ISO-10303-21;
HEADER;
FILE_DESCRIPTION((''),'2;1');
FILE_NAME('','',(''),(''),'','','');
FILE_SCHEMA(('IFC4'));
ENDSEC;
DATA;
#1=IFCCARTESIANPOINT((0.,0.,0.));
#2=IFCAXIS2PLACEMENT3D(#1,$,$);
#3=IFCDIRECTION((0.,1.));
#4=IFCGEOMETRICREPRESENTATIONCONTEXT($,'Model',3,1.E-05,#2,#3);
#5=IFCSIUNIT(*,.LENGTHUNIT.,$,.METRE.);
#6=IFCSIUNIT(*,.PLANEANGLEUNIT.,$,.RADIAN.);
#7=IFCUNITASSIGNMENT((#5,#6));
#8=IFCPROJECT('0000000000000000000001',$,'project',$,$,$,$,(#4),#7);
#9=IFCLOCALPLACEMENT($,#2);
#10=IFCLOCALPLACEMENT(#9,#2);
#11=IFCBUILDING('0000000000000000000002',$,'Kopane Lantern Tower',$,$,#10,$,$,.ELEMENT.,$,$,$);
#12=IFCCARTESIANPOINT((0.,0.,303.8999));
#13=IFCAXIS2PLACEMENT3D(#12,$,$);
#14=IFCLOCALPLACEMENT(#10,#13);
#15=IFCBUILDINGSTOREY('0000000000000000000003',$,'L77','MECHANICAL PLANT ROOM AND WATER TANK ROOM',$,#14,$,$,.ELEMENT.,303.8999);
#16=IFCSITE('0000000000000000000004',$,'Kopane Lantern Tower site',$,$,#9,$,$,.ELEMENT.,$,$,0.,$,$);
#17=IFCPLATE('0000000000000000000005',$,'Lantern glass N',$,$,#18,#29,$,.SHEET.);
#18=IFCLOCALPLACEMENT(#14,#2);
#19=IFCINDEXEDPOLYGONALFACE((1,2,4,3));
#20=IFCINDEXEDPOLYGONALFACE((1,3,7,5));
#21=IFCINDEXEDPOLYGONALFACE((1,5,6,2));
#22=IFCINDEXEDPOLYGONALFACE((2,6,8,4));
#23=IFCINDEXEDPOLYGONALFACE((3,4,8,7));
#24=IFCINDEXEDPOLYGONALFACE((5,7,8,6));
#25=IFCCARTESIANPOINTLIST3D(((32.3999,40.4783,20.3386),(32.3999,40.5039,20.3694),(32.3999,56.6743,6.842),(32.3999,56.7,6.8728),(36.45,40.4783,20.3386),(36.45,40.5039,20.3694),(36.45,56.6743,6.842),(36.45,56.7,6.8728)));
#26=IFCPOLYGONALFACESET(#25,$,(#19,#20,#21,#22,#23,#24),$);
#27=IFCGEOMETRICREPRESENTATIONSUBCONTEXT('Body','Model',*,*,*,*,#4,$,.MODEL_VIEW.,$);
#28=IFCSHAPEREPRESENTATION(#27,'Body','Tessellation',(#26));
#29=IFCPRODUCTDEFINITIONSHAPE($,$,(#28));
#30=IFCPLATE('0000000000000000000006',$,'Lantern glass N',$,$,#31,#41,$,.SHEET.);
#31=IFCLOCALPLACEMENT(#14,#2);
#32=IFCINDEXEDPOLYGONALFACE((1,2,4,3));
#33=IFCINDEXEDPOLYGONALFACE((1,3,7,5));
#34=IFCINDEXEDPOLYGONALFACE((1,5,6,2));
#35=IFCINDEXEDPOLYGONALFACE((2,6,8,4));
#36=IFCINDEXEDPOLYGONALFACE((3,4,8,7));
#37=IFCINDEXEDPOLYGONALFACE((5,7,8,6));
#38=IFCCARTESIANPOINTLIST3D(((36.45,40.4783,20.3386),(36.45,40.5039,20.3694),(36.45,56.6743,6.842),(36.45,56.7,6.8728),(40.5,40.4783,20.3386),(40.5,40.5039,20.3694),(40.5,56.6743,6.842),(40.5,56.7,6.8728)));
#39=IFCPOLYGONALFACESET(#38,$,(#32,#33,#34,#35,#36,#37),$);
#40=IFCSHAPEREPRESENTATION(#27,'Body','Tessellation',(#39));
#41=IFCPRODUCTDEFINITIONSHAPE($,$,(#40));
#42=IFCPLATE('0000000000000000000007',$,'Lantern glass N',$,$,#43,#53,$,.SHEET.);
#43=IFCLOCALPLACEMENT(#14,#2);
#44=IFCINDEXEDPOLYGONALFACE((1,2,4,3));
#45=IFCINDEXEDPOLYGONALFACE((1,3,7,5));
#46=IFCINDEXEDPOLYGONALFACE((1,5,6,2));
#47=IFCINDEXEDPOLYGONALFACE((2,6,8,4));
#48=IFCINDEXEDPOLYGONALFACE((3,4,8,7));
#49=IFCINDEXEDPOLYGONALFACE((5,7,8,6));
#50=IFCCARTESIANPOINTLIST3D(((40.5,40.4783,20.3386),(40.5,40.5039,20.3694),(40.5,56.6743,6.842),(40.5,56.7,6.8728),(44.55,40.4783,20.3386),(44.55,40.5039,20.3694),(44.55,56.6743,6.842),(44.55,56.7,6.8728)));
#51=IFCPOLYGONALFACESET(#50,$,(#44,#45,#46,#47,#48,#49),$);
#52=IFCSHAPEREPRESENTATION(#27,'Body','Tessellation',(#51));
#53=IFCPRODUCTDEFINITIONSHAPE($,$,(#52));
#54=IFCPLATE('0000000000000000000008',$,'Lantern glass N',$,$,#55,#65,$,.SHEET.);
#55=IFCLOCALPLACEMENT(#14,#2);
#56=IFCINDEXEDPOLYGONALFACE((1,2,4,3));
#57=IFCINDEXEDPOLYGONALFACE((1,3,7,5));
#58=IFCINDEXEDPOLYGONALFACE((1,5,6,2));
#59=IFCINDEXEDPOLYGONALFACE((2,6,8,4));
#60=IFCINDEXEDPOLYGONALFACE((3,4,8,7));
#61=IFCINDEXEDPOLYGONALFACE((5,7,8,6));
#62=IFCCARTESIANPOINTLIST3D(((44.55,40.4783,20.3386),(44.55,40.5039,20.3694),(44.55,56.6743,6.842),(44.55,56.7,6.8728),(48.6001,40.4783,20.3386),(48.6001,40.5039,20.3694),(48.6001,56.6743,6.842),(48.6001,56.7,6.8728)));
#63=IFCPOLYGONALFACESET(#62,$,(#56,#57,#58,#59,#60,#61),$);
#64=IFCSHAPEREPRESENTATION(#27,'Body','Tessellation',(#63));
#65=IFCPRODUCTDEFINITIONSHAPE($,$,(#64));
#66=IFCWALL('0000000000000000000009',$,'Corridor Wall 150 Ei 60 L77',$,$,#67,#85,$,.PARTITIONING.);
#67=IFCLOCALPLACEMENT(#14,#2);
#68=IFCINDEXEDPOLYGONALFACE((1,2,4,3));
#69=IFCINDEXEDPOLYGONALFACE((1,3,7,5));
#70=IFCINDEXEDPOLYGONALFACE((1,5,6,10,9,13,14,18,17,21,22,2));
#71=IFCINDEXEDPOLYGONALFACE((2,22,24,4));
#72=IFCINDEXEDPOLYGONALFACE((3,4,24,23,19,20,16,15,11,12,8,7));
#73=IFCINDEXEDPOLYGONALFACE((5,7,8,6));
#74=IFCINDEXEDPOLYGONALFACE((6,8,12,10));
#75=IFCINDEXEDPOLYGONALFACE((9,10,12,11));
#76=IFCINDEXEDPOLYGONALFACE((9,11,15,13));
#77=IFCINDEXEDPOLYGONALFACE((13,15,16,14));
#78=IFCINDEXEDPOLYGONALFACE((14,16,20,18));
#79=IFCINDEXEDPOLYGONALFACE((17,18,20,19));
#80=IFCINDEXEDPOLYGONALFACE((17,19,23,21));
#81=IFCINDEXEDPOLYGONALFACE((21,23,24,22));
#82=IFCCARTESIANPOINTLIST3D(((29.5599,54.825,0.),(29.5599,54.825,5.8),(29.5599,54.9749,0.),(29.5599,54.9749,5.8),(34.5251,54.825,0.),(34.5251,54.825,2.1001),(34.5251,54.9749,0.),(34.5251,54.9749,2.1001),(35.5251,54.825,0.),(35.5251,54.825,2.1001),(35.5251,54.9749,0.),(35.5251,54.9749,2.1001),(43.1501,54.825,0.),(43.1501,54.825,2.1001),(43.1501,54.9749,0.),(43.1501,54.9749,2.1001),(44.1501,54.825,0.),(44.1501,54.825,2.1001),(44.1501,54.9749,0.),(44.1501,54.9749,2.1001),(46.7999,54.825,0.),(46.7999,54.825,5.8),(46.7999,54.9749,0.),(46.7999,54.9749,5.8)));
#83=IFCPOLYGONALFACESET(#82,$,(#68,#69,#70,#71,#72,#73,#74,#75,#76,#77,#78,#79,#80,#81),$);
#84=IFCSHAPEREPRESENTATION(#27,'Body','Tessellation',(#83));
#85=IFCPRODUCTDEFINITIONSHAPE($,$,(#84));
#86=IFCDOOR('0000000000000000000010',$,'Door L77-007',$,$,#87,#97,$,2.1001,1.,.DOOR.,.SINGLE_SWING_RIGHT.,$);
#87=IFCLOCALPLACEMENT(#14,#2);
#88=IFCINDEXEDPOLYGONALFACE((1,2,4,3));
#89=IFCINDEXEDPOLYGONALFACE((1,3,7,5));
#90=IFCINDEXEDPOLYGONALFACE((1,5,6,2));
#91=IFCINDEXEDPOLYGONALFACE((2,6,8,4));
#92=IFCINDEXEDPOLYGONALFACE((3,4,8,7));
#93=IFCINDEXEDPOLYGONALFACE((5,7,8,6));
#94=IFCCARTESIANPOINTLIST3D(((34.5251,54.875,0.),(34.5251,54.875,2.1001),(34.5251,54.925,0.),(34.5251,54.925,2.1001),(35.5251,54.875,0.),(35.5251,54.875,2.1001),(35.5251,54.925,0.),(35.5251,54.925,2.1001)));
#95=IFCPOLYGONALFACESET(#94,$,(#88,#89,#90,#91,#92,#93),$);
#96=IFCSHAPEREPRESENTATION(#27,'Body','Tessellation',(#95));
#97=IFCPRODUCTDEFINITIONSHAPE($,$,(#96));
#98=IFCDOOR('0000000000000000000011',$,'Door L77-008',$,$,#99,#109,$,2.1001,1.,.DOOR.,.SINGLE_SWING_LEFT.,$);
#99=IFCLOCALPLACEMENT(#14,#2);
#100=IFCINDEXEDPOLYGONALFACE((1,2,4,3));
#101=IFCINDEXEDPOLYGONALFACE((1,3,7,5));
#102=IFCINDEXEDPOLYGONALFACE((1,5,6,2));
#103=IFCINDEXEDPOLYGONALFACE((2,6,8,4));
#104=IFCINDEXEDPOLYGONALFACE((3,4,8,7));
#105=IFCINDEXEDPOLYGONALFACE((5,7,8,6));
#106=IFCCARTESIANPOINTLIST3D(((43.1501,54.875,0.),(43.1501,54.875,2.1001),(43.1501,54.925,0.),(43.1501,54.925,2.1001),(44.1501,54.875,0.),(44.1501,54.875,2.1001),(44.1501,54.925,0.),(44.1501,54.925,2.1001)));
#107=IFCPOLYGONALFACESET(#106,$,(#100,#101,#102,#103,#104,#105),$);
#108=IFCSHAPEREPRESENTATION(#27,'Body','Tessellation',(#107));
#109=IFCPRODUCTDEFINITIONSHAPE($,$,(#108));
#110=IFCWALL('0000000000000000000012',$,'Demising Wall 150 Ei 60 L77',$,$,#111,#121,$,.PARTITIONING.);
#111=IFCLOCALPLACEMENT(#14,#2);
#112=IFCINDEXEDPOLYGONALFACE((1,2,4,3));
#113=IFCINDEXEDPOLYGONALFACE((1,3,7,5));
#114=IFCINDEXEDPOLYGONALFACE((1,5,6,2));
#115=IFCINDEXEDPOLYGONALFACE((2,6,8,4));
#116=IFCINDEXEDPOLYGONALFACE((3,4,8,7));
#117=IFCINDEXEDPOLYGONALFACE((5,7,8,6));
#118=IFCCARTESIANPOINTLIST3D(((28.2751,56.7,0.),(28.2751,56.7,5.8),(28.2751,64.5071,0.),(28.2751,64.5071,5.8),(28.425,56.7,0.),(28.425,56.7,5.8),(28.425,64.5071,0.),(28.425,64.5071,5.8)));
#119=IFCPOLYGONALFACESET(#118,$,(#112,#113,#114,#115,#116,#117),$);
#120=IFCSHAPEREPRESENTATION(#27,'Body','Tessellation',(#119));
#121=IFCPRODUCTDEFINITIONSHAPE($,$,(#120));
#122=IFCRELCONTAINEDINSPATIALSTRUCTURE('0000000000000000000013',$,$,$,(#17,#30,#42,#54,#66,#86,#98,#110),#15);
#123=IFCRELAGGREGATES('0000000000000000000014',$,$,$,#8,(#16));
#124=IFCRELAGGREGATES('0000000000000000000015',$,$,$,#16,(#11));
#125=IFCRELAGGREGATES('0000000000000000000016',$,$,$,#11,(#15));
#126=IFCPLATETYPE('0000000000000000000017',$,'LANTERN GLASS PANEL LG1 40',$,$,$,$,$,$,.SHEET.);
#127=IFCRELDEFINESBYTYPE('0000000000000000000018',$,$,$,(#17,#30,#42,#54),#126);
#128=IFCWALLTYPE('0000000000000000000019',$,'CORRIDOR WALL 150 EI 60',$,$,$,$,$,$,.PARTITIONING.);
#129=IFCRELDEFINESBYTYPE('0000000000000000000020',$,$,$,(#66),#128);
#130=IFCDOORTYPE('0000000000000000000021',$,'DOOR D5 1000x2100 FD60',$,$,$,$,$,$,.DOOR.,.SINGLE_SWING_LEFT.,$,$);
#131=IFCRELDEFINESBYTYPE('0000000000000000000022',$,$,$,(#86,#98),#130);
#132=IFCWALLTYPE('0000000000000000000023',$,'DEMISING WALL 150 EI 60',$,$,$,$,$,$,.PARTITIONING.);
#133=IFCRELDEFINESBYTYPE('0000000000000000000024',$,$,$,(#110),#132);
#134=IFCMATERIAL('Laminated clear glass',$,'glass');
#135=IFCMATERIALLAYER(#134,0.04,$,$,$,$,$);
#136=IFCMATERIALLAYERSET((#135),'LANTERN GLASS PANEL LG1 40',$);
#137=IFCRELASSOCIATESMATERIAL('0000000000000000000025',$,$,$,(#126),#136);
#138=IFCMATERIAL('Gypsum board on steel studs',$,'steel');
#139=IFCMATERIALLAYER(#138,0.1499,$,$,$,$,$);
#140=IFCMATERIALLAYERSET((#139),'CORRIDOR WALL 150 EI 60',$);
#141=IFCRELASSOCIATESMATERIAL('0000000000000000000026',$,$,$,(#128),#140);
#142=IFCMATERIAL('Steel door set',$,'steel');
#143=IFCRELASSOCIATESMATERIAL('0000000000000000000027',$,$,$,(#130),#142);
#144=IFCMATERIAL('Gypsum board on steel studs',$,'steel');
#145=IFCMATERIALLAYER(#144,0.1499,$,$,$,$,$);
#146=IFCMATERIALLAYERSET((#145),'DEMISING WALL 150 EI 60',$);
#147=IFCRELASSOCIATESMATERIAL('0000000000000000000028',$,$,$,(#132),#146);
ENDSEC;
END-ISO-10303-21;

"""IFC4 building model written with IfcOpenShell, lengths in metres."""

from ifc_helpers import new_model, si_unit, direction, frame, frame_2d, origin, place, context, subcontext, project, spatial, polyline, rectangle, outline, extrude, material, layer, layer_set, type_object, element, fill, save


model = new_model("IFC4")

# Units and contexts
model_context = context("Model", 3, precision=1e-05, world=origin(), true_north=direction((0.0, 1.0)))
body_context = subcontext(model_context, "Body", "Model", "MODEL_VIEW")
ifc_project = project(units=[si_unit("LENGTHUNIT", "METRE"), si_unit("PLANEANGLEUNIT", "RADIAN")], contexts=[model_context])

# Site, building, storey
site_placement = place(None, origin())
site = spatial("IfcSite", under=ifc_project, at=site_placement, Name="Kopane Lantern Tower site", CompositionType="ELEMENT", RefElevation=0.0)
building_placement = place(site_placement, origin())
building = spatial("IfcBuilding", under=site, at=building_placement, Name="Kopane Lantern Tower", CompositionType="ELEMENT")
storey_placement = place(building_placement, frame((0.0, 0.0, 303.8999)))
storey = spatial("IfcBuildingStorey", under=building, at=storey_placement, Name="L77", Description="MECHANICAL PLANT ROOM AND WATER TANK ROOM", CompositionType="ELEMENT", Elevation=303.8999)

# Plates
ifc_material_1 = material(Name="Laminated clear glass", Category="glass")
ifc_layer_1 = layer(ifc_material_1, 0.04)
ifc_layer_set_1 = layer_set([ifc_layer_1], Name="LANTERN GLASS PANEL LG1 40")
plate_type = type_object("IfcPlateType", Name="LANTERN GLASS PANEL LG1 40", PredefinedType="SHEET", material=ifc_layer_set_1)
for number, where, z_axis, x_axis, name in (
    (1, (32.3999, 40.5039, 20.3694), (0.0, 0.640181, 0.768224), (1.0, 0.0, 0.0), "Lantern glass N"),
    (2, (36.45, 40.5039, 20.3694), (0.0, 0.640181, 0.768224), (1.0, 0.0, 0.0), "Lantern glass N"),
    (3, (40.5, 40.5039, 20.3694), (0.0, 0.640181, 0.768224), (1.0, 0.0, 0.0), "Lantern glass N"),
    (4, (44.55, 40.5039, 20.3694), (0.0, 0.640181, 0.768224), (1.0, 0.0, 0.0), "Lantern glass N"),
):
    element("IfcPlate", number, at=place(storey_placement, frame(where, z_axis=z_axis, x_axis=x_axis)), inside=storey, type_object=plate_type, Name=name, PredefinedType="SHEET", context=body_context, shape_type="SweptSolid", body=[
        extrude(outline(polyline([(0.0, 0.0), (4.05, 0.0), (4.05, 21.0824), (0.0, 21.0824), (0.0, 0.0)])), origin(), (0.0, 0.0, -1.0), 0.04),
    ])

# Wall, openings, doors
ifc_material_2 = material(Name="Gypsum board on steel studs", Category="steel")
ifc_layer_2 = layer(ifc_material_2, 0.1499)
ifc_layer_set_2 = layer_set([ifc_layer_2], Name="CORRIDOR WALL 150 EI 60")
wall_type_1 = type_object("IfcWallType", Name="CORRIDOR WALL 150 EI 60", PredefinedType="PARTITIONING", material=ifc_layer_set_2)
wall_1_placement = place(storey_placement, frame((46.8, 54.8999, 0.0), z_axis=(0.0, 0.0, 1.0), x_axis=(-1.0, 0.0, 0.0)))
wall_1 = element("IfcWall", 5, at=wall_1_placement, inside=storey, type_object=wall_type_1, Name="Corridor Wall 150 Ei 60 L77", PredefinedType="PARTITIONING", context=body_context, shape_type="SweptSolid", body=[
    extrude(rectangle(XDim=17.24, YDim=0.1499, at=frame_2d((8.6201, 0.0))), origin(), (0.0, 0.0, 1.0), 5.8),
])
opening_1_placement = place(wall_1_placement, frame((11.2749, 0.0, 0.0)))
opening_1 = element("IfcOpeningElement", 6, at=opening_1_placement, cuts=wall_1, PredefinedType="OPENING", context=body_context, shape_type="SweptSolid", body=[
    extrude(rectangle(XDim=1.0, YDim=2.1001, at=frame_2d((0.5, 1.05))), frame((0.0, 0.085, 0.0), z_axis=(0.0, -1.0, 0.0), x_axis=(1.0, 0.0, 0.0)), (0.0, 0.0, 1.0), 0.1699),
])
opening_2_placement = place(wall_1_placement, frame((2.6499, 0.0, 0.0)))
opening_2 = element("IfcOpeningElement", 7, at=opening_2_placement, cuts=wall_1, PredefinedType="OPENING", context=body_context, shape_type="SweptSolid", body=[
    extrude(rectangle(XDim=1.0, YDim=2.1001, at=frame_2d((0.5, 1.05))), frame((0.0, 0.085, 0.0), z_axis=(0.0, -1.0, 0.0), x_axis=(1.0, 0.0, 0.0)), (0.0, 0.0, 1.0), 0.1699),
])
ifc_material_3 = material(Name="Steel door set", Category="steel")
door_type = type_object("IfcDoorType", Name="DOOR D5 1000x2100 FD60", OperationType="SINGLE_SWING_LEFT", PredefinedType="DOOR", material=ifc_material_3)
door_1_placement = place(opening_1_placement, origin())
door_1 = element("IfcDoor", 8, at=door_1_placement, inside=storey, type_object=door_type, Name="Door L77-007", OperationType="SINGLE_SWING_RIGHT", OverallHeight=2.1001, OverallWidth=1.0, PredefinedType="DOOR", context=body_context, shape_type="SweptSolid", body=[
    extrude(rectangle(XDim=1.0, YDim=2.1001, at=frame_2d((0.5, 1.05))), frame((0.0, 0.0249, 0.0), z_axis=(0.0, -1.0, 0.0), x_axis=(1.0, 0.0, 0.0)), (0.0, 0.0, 1.0), 0.05),
])
fill(opening_1, door_1)
door_2_placement = place(opening_2_placement, origin())
door_2 = element("IfcDoor", 9, at=door_2_placement, inside=storey, type_object=door_type, Name="Door L77-008", OperationType="SINGLE_SWING_LEFT", OverallHeight=2.1001, OverallWidth=1.0, PredefinedType="DOOR", context=body_context, shape_type="SweptSolid", body=[
    extrude(rectangle(XDim=1.0, YDim=2.1001, at=frame_2d((0.5, 1.05))), frame((0.0, 0.0249, 0.0), z_axis=(0.0, -1.0, 0.0), x_axis=(1.0, 0.0, 0.0)), (0.0, 0.0, 1.0), 0.05),
])
fill(opening_2, door_2)

# Wall
ifc_material_4 = material(Name="Gypsum board on steel studs", Category="steel")
ifc_layer_3 = layer(ifc_material_4, 0.1499)
ifc_layer_set_3 = layer_set([ifc_layer_3], Name="DEMISING WALL 150 EI 60")
wall_type_2 = type_object("IfcWallType", Name="DEMISING WALL 150 EI 60", PredefinedType="PARTITIONING", material=ifc_layer_set_3)
wall_2_placement = place(storey_placement, frame((28.3501, 56.7, 0.0), z_axis=(0.0, 0.0, 1.0), x_axis=(0.0, 1.0, 0.0)))
element("IfcWall", 10, at=wall_2_placement, inside=storey, type_object=wall_type_2, Name="Demising Wall 150 Ei 60 L77", PredefinedType="PARTITIONING", context=body_context, shape_type="SweptSolid", body=[
    extrude(rectangle(XDim=7.8071, YDim=0.1499, at=frame_2d((3.9036, 0.0))), origin(), (0.0, 0.0, 1.0), 5.8),
])

save(model, "model.ifc")
